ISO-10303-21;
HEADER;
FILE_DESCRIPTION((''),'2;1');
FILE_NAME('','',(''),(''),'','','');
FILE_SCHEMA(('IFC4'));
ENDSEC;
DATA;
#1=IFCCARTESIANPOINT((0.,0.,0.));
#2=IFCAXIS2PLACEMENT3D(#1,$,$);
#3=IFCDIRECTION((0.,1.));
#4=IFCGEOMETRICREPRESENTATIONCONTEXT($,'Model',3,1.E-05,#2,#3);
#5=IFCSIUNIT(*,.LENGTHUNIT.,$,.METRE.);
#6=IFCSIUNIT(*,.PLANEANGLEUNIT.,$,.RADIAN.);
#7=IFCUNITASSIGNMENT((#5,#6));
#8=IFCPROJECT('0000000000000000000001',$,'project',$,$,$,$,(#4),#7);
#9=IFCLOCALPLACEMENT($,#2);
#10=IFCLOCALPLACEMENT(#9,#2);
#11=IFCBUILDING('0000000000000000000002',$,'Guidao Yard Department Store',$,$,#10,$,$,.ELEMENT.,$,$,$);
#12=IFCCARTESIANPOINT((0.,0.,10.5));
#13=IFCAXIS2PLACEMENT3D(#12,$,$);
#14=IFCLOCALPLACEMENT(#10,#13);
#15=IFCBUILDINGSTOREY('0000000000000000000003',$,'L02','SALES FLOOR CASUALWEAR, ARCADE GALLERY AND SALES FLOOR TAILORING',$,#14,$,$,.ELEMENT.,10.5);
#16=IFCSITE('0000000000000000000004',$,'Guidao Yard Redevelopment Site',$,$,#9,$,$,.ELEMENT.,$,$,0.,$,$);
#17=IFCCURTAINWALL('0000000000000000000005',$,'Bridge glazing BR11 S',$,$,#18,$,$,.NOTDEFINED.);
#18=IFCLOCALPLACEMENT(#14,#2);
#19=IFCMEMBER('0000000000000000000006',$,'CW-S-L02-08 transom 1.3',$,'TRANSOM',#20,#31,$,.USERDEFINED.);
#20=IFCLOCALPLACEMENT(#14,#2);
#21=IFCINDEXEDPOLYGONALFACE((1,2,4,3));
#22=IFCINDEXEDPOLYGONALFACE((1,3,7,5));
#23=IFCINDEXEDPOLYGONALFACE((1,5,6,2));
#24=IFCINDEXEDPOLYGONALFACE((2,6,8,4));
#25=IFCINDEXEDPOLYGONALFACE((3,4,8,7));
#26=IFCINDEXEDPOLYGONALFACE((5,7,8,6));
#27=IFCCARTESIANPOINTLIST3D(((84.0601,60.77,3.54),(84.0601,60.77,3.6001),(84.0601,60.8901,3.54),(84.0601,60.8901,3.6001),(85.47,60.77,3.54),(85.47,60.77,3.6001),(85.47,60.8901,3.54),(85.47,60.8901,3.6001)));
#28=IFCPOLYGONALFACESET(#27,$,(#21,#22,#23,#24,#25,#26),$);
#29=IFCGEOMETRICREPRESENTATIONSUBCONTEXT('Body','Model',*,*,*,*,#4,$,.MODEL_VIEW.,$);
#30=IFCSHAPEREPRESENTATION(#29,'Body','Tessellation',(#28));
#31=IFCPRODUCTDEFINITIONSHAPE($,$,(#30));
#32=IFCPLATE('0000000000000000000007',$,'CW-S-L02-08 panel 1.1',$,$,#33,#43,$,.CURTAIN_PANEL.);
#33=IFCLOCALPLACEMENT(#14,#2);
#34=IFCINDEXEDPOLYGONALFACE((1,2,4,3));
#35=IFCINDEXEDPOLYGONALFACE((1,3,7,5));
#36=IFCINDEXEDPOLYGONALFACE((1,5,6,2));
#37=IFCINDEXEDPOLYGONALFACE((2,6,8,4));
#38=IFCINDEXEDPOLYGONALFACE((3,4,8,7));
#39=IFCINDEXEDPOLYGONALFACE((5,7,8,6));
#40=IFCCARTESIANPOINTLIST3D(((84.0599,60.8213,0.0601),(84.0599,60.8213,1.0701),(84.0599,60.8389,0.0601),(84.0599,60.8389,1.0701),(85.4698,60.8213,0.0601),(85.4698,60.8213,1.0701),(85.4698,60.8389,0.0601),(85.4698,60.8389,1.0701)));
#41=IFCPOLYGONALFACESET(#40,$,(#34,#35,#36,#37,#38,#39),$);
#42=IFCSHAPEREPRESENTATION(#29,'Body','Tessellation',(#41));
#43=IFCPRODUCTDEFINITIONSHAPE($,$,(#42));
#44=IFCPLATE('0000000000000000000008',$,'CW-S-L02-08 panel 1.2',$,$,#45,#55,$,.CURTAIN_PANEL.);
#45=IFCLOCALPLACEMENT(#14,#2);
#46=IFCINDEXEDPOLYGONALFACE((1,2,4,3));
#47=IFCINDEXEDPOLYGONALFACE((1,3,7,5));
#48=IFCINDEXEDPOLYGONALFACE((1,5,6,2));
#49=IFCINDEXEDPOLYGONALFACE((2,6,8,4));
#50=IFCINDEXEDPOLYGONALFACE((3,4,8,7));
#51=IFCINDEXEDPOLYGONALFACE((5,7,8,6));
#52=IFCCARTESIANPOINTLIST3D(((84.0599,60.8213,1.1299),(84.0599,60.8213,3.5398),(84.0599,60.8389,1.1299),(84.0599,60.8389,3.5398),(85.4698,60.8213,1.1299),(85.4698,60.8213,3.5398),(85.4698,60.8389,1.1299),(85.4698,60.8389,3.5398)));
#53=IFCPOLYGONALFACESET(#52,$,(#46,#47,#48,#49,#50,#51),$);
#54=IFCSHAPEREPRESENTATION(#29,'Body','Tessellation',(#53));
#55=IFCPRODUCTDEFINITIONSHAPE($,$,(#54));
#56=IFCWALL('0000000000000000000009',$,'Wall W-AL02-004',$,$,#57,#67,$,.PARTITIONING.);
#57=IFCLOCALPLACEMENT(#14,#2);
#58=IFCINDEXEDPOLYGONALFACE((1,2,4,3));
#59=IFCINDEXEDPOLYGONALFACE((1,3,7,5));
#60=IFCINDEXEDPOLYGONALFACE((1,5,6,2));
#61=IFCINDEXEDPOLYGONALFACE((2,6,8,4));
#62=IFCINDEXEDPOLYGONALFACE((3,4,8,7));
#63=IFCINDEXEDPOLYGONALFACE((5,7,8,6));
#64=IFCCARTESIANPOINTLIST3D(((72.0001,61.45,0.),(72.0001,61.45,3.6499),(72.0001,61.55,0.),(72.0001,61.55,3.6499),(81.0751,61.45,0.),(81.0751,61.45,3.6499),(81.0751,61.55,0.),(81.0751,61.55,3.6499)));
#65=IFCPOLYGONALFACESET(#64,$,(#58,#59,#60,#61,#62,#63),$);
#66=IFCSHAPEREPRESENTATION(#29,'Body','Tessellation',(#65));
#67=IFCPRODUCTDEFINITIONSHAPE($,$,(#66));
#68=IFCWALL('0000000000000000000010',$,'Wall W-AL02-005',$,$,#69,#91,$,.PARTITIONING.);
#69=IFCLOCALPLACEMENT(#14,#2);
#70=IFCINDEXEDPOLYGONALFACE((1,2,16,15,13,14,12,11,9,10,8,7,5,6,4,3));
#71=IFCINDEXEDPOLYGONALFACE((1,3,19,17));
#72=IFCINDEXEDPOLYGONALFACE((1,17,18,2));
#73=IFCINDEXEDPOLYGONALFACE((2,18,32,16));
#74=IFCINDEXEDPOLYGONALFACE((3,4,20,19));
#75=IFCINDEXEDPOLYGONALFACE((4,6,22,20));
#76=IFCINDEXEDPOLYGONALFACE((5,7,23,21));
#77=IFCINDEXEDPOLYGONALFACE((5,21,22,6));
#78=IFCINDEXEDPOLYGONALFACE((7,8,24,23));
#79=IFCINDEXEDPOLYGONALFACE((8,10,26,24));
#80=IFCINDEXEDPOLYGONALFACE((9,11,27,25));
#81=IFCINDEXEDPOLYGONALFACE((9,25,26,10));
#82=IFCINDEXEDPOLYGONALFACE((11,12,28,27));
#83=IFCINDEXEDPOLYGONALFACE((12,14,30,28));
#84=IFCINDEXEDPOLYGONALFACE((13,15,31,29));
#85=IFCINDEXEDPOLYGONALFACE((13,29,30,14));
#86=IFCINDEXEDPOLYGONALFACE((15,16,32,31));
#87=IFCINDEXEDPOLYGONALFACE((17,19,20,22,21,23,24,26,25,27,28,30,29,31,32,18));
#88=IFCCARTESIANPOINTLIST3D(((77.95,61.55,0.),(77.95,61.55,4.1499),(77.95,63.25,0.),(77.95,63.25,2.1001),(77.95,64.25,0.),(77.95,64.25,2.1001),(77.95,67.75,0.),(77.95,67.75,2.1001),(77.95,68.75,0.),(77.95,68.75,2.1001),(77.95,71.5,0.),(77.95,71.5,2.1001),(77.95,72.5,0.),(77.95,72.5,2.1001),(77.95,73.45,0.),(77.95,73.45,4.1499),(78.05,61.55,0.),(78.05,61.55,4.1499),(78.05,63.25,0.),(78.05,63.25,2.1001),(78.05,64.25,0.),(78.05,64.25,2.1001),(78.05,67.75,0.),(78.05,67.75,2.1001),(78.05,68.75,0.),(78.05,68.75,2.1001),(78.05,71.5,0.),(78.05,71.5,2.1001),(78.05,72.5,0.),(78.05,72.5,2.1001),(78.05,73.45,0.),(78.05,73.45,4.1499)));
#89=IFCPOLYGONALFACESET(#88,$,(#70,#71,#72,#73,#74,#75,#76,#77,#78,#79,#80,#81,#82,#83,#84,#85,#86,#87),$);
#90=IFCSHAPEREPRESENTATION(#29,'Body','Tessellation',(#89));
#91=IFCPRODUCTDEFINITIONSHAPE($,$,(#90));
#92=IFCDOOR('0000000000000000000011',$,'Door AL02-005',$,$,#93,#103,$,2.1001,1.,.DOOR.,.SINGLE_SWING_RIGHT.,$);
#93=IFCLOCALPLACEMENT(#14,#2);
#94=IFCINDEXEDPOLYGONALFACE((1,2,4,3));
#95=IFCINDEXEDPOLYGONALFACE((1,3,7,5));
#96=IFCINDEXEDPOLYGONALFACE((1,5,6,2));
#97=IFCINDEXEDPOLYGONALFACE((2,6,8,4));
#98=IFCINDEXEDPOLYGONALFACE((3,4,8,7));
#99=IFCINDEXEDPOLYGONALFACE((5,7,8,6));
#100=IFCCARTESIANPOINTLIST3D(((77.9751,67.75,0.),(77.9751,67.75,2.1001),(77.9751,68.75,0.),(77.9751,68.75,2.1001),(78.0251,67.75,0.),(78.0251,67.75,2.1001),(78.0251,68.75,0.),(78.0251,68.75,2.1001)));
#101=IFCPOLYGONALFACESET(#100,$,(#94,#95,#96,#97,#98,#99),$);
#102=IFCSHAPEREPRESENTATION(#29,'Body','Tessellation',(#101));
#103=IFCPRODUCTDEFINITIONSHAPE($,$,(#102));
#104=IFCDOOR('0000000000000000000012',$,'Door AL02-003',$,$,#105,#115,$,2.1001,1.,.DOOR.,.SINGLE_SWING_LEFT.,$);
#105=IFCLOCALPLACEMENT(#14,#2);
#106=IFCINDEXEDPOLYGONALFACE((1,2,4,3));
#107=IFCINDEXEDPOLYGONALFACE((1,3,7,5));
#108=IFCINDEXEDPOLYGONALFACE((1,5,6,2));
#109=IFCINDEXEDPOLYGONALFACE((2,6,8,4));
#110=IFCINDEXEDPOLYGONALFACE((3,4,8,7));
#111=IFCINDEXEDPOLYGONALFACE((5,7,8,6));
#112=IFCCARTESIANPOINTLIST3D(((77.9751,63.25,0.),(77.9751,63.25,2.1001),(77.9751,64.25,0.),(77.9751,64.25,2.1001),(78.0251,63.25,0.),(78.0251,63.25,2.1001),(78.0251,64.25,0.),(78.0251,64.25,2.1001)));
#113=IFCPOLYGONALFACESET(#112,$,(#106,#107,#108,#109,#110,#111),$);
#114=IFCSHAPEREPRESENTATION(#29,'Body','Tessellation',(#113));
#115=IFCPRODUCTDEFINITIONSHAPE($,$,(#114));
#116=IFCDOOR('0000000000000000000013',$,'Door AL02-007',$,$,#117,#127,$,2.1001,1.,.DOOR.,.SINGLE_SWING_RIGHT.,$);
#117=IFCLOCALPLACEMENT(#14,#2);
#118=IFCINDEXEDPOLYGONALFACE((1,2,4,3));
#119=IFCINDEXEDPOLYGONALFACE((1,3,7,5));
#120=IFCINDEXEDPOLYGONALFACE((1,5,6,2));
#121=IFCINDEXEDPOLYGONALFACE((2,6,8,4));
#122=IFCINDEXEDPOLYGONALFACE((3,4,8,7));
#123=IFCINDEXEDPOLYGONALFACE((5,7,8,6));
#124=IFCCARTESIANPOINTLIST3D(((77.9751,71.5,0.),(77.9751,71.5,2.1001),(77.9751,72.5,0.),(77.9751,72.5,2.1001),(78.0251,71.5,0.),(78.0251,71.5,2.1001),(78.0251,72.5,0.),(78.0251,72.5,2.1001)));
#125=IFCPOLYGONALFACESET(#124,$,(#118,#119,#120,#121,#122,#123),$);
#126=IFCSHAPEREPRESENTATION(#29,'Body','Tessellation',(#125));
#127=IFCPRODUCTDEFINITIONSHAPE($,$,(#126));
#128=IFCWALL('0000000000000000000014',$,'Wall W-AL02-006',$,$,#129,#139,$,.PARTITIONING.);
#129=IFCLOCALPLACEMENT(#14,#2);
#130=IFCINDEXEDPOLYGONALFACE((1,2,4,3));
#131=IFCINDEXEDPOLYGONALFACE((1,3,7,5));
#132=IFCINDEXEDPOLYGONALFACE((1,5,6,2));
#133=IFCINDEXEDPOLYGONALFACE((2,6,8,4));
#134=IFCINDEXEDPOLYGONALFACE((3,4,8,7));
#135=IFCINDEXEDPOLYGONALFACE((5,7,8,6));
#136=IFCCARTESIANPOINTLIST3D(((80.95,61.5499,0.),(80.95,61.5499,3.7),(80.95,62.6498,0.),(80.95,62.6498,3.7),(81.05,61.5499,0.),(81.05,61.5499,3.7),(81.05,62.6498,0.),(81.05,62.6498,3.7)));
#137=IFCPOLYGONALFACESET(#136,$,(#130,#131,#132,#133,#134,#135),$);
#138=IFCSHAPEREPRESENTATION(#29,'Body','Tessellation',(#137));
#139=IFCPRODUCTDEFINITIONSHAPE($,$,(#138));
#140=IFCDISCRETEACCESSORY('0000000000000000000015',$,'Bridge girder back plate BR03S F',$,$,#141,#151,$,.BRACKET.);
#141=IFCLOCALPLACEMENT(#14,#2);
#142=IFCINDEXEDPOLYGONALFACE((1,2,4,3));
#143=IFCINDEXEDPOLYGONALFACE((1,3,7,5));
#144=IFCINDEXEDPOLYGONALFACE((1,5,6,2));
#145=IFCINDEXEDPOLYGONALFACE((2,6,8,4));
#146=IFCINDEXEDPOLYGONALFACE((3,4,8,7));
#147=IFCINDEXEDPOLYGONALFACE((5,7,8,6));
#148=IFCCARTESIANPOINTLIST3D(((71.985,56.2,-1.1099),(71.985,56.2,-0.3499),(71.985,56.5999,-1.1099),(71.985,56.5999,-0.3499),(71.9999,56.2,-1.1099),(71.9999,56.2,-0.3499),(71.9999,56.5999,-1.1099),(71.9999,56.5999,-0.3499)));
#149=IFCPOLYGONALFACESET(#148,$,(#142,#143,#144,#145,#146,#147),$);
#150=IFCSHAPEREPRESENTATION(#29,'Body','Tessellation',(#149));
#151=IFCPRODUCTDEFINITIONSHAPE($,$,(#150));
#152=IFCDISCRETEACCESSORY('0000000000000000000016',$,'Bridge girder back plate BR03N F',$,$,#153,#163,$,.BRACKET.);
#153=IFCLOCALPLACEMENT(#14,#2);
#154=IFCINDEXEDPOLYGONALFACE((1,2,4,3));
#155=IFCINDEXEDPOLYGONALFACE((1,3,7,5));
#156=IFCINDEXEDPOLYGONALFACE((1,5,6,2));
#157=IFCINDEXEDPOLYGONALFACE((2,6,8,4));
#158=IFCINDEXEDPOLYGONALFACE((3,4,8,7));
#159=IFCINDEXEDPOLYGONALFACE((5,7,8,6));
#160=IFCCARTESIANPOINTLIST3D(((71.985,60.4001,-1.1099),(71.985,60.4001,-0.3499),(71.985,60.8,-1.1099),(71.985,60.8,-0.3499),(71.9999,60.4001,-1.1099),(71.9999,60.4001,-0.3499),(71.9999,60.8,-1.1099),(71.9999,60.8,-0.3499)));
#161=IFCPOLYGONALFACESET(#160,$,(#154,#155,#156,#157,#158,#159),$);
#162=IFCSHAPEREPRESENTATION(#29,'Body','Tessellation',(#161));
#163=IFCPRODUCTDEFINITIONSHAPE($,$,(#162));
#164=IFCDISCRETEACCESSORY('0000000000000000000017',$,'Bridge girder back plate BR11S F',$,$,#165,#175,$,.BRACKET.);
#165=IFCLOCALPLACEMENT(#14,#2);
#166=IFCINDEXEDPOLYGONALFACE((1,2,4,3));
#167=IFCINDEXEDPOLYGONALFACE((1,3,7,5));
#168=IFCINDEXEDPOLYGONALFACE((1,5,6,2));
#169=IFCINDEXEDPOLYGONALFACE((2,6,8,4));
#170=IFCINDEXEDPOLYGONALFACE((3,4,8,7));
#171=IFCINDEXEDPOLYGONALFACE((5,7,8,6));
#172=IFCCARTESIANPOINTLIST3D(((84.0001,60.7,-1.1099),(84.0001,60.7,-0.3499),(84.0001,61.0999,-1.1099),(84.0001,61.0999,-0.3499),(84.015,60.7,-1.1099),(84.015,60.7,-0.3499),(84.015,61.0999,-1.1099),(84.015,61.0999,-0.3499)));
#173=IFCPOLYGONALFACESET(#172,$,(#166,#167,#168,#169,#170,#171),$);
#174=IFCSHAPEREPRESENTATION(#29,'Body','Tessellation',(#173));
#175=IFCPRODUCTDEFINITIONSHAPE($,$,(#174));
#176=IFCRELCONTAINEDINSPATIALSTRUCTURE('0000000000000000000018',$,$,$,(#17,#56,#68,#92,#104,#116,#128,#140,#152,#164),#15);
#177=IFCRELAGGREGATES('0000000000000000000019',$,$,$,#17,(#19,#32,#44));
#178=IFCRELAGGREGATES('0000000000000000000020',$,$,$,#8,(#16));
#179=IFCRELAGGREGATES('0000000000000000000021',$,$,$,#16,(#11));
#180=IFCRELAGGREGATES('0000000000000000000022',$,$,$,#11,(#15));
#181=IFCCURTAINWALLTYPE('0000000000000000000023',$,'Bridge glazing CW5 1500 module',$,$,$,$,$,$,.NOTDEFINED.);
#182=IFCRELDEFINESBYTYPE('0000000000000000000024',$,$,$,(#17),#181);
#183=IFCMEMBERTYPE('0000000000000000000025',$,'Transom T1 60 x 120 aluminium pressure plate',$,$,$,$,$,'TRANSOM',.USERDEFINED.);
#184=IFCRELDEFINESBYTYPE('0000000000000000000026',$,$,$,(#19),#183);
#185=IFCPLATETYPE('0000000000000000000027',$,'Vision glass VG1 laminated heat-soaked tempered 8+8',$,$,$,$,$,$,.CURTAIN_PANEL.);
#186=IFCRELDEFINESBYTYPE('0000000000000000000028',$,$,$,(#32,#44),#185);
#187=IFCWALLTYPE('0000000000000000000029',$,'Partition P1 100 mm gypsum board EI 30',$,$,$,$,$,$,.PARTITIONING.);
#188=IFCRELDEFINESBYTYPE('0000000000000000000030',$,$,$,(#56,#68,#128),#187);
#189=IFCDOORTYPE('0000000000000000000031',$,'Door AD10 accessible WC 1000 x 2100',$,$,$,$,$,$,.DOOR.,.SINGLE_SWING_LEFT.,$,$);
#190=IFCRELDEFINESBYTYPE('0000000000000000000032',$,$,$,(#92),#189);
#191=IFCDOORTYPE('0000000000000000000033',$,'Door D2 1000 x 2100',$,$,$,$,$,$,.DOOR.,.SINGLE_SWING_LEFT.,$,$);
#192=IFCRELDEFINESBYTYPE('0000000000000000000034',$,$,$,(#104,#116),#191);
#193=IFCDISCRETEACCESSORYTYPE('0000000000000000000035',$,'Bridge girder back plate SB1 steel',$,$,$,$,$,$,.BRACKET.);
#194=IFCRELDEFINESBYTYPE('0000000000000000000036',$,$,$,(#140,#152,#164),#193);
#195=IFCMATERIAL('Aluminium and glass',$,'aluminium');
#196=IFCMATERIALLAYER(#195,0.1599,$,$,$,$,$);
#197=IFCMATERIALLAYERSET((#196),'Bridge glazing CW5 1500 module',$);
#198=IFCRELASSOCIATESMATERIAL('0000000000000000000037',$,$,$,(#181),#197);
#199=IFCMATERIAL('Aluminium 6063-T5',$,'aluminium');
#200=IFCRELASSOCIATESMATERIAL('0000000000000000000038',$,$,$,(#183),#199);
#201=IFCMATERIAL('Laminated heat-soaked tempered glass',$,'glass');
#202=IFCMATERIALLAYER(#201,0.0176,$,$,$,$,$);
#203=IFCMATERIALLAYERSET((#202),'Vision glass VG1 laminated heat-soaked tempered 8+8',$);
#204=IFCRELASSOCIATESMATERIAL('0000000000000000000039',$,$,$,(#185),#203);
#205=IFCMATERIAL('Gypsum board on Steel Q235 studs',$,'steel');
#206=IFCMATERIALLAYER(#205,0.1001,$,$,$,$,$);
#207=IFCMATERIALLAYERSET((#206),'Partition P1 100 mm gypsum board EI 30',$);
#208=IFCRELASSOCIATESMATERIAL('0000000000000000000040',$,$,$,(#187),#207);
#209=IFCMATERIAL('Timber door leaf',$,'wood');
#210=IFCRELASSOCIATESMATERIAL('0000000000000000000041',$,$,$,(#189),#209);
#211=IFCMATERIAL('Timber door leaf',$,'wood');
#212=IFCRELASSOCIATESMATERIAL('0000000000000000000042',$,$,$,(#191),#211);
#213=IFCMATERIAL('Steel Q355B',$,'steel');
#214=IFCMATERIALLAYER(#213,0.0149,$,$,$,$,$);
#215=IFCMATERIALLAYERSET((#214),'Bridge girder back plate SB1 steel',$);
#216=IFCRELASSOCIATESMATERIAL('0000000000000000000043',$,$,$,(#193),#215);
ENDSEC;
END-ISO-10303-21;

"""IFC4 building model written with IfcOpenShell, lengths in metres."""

from ifc_helpers import new_model, si_unit, direction, frame, frame_2d, origin, origin_2d, place, context, subcontext, project, spatial, rectangle, extrude, material, layer, layer_set, material_profile, profile_set, type_object, element, fill, aggregate, save


model = new_model("IFC4")

# Units and contexts
model_context = context("Model", 3, precision=1e-05, world=origin(), true_north=direction((0.0, 1.0)))
body_context = subcontext(model_context, "Body", "Model", "MODEL_VIEW")
ifc_project = project(units=[si_unit("LENGTHUNIT", "METRE"), si_unit("PLANEANGLEUNIT", "RADIAN")], contexts=[model_context])

# Site, building, storey
site_placement = place(None, origin())
site = spatial("IfcSite", under=ifc_project, at=site_placement, Name="Guidao Yard Redevelopment Site", CompositionType="ELEMENT", RefElevation=0.0)
building_placement = place(site_placement, origin())
building = spatial("IfcBuilding", under=site, at=building_placement, Name="Guidao Yard Department Store", CompositionType="ELEMENT")
storey_placement = place(building_placement, frame((0.0, 0.0, 10.5)))
storey = spatial("IfcBuildingStorey", under=building, at=storey_placement, Name="L02", Description="SALES FLOOR CASUALWEAR, ARCADE GALLERY AND SALES FLOOR TAILORING", CompositionType="ELEMENT", Elevation=10.5)

# Curtain wall
ifc_material_1 = material(Name="Aluminium and glass", Category="aluminium")
ifc_layer_1 = layer(ifc_material_1, 0.1599)
ifc_layer_set_1 = layer_set([ifc_layer_1], Name="Bridge glazing CW5 1500 module")
curtain_wall_type_1 = type_object("IfcCurtainWallType", Name="Bridge glazing CW5 1500 module", PredefinedType="NOTDEFINED", material=ifc_layer_set_1)
curtain_wall_1_placement = place(storey_placement, origin())
curtain_wall_1 = element("IfcCurtainWall", 1, at=curtain_wall_1_placement, inside=storey, type_object=curtain_wall_type_1, Name="Bridge glazing BR11 S", PredefinedType="NOTDEFINED")

# Member
ifc_material_2 = material(Name="Aluminium 6063-T5", Category="aluminium")
ifc_material_profile_1 = material_profile(ifc_material_2, rectangle(XDim=0.1201, YDim=0.0601, at=origin_2d()), Name="Transom T1 60 x 120 aluminium pressure plate")
ifc_profile_set_1 = profile_set([ifc_material_profile_1], Name="Aluminium 6063-T5")
member_type_1 = type_object("IfcMemberType", Name="Transom T1 60 x 120 aluminium pressure plate", ElementType="TRANSOM", PredefinedType="USERDEFINED", material=ifc_profile_set_1)
member_1_placement = place(storey_placement, frame((85.47, 60.8301, 3.5701), z_axis=(-1.0, 0.0, 0.0), x_axis=(0.0, -1.0, 0.0)))
member_1 = element("IfcMember", 2, at=member_1_placement, type_object=member_type_1, Name="CW-S-L02-08 transom 1.3", ObjectType="TRANSOM", PredefinedType="USERDEFINED", context=body_context, shape_type="SweptSolid", body=[
    extrude(rectangle(XDim=0.1201, YDim=0.0601, at=origin_2d()), origin(), (0.0, 0.0, 1.0), 1.4099),
])

# Plates
ifc_material_3 = material(Name="Laminated heat-soaked tempered glass", Category="glass")
ifc_layer_2 = layer(ifc_material_3, 0.0176)
ifc_layer_set_2 = layer_set([ifc_layer_2], Name="Vision glass VG1 laminated heat-soaked tempered 8+8")
plate_type = type_object("IfcPlateType", Name="Vision glass VG1 laminated heat-soaked tempered 8+8", PredefinedType="CURTAIN_PANEL", material=ifc_layer_set_2)
plate_1_placement = place(storey_placement, frame((84.7649, 60.8301, 0.0601), z_axis=(0.0, 0.0, 1.0), x_axis=(-1.0, 0.0, 0.0)))
plate_1 = element("IfcPlate", 3, at=plate_1_placement, type_object=plate_type, Name="CW-S-L02-08 panel 1.1", PredefinedType="CURTAIN_PANEL", context=body_context, shape_type="SweptSolid", body=[
    extrude(rectangle(XDim=1.4099, YDim=0.0176, at=origin_2d()), origin(), (0.0, 0.0, 1.0), 1.01),
])
plate_2_placement = place(storey_placement, frame((84.7649, 60.8301, 1.1299), z_axis=(0.0, 0.0, 1.0), x_axis=(-1.0, 0.0, 0.0)))
plate_2 = element("IfcPlate", 4, at=plate_2_placement, type_object=plate_type, Name="CW-S-L02-08 panel 1.2", PredefinedType="CURTAIN_PANEL", context=body_context, shape_type="SweptSolid", body=[
    extrude(rectangle(XDim=1.4099, YDim=0.0176, at=origin_2d()), origin(), (0.0, 0.0, 1.0), 2.4099),
])
aggregate(curtain_wall_1, [member_1, plate_1, plate_2])

# Wall
ifc_material_4 = material(Name="Gypsum board on Steel Q235 studs", Category="steel")
ifc_layer_3 = layer(ifc_material_4, 0.1001)
ifc_layer_set_3 = layer_set([ifc_layer_3], Name="Partition P1 100 mm gypsum board EI 30")
wall_type = type_object("IfcWallType", Name="Partition P1 100 mm gypsum board EI 30", PredefinedType="PARTITIONING", material=ifc_layer_set_3)
wall_1_placement = place(storey_placement, frame((72.0, 61.5, 0.0), z_axis=(0.0, 0.0, 1.0), x_axis=(1.0, 0.0, 0.0)))
element("IfcWall", 5, at=wall_1_placement, inside=storey, type_object=wall_type, Name="Wall W-AL02-004", PredefinedType="PARTITIONING", context=body_context, shape_type="SweptSolid", body=[
    extrude(rectangle(XDim=9.075, YDim=0.1001, at=frame_2d((4.5376, 0.0))), origin(), (0.0, 0.0, 1.0), 3.6499),
])

# Wall, openings, doors
wall_2_placement = place(storey_placement, frame((78.0, 61.55, 0.0), z_axis=(0.0, 0.0, 1.0), x_axis=(0.0, 1.0, 0.0)))
wall_2 = element("IfcWall", 6, at=wall_2_placement, inside=storey, type_object=wall_type, Name="Wall W-AL02-005", PredefinedType="PARTITIONING", context=body_context, shape_type="SweptSolid", body=[
    extrude(rectangle(XDim=11.8999, YDim=0.1001, at=frame_2d((5.95, 0.0))), origin(), (0.0, 0.0, 1.0), 4.1499),
])
opening_1_placement = place(wall_2_placement, frame((1.7, 0.0, 0.0)))
opening_1 = element("IfcOpeningElement", 7, at=opening_1_placement, cuts=wall_2, PredefinedType="OPENING", context=body_context, shape_type="SweptSolid", body=[
    extrude(rectangle(XDim=1.0, YDim=2.1001, at=frame_2d((0.5, 1.05))), frame((0.0, 0.0601, 0.0), z_axis=(0.0, -1.0, 0.0), x_axis=(1.0, 0.0, 0.0)), (0.0, 0.0, 1.0), 0.1201),
])
opening_2_placement = place(wall_2_placement, frame((6.2, 0.0, 0.0)))
opening_2 = element("IfcOpeningElement", 8, at=opening_2_placement, cuts=wall_2, PredefinedType="OPENING", context=body_context, shape_type="SweptSolid", body=[
    extrude(rectangle(XDim=1.0, YDim=2.1001, at=frame_2d((0.5, 1.05))), frame((0.0, 0.0601, 0.0), z_axis=(0.0, -1.0, 0.0), x_axis=(1.0, 0.0, 0.0)), (0.0, 0.0, 1.0), 0.1201),
])
opening_3_placement = place(wall_2_placement, frame((9.95, 0.0, 0.0)))
opening_3 = element("IfcOpeningElement", 9, at=opening_3_placement, cuts=wall_2, PredefinedType="OPENING", context=body_context, shape_type="SweptSolid", body=[
    extrude(rectangle(XDim=1.0, YDim=2.1001, at=frame_2d((0.5, 1.05))), frame((0.0, 0.0601, 0.0), z_axis=(0.0, -1.0, 0.0), x_axis=(1.0, 0.0, 0.0)), (0.0, 0.0, 1.0), 0.1201),
])
ifc_material_5 = material(Name="Timber door leaf", Category="wood")
door_type_1 = type_object("IfcDoorType", Name="Door AD10 accessible WC 1000 x 2100", OperationType="SINGLE_SWING_LEFT", PredefinedType="DOOR", material=ifc_material_5)
door_1_placement = place(opening_2_placement, origin())
door_1 = element("IfcDoor", 10, at=door_1_placement, inside=storey, type_object=door_type_1, Name="Door AL02-005", OperationType="SINGLE_SWING_RIGHT", OverallHeight=2.1001, OverallWidth=1.0, PredefinedType="DOOR", context=body_context, shape_type="SweptSolid", body=[
    extrude(rectangle(XDim=1.0, YDim=2.1001, at=frame_2d((0.5, 1.05))), frame((0.0, 0.0249, 0.0), z_axis=(0.0, -1.0, 0.0), x_axis=(1.0, 0.0, 0.0)), (0.0, 0.0, 1.0), 0.05),
])
fill(opening_2, door_1)
ifc_material_6 = material(Name="Timber door leaf", Category="wood")
door_type_2 = type_object("IfcDoorType", Name="Door D2 1000 x 2100", OperationType="SINGLE_SWING_LEFT", PredefinedType="DOOR", material=ifc_material_6)
door_2_placement = place(opening_1_placement, origin())
door_2 = element("IfcDoor", 11, at=door_2_placement, inside=storey, type_object=door_type_2, Name="Door AL02-003", OperationType="SINGLE_SWING_LEFT", OverallHeight=2.1001, OverallWidth=1.0, PredefinedType="DOOR", context=body_context, shape_type="SweptSolid", body=[
    extrude(rectangle(XDim=1.0, YDim=2.1001, at=frame_2d((0.5, 1.05))), frame((0.0, 0.0249, 0.0), z_axis=(0.0, -1.0, 0.0), x_axis=(1.0, 0.0, 0.0)), (0.0, 0.0, 1.0), 0.05),
])
fill(opening_1, door_2)
door_3_placement = place(opening_3_placement, origin())
door_3 = element("IfcDoor", 12, at=door_3_placement, inside=storey, type_object=door_type_2, Name="Door AL02-007", OperationType="SINGLE_SWING_RIGHT", OverallHeight=2.1001, OverallWidth=1.0, PredefinedType="DOOR", context=body_context, shape_type="SweptSolid", body=[
    extrude(rectangle(XDim=1.0, YDim=2.1001, at=frame_2d((0.5, 1.05))), frame((0.0, 0.0249, 0.0), z_axis=(0.0, -1.0, 0.0), x_axis=(1.0, 0.0, 0.0)), (0.0, 0.0, 1.0), 0.05),
])
fill(opening_3, door_3)

# Wall
wall_3_placement = place(storey_placement, frame((81.0, 61.55, 0.0), z_axis=(0.0, 0.0, 1.0), x_axis=(0.0, 1.0, 0.0)))
element("IfcWall", 13, at=wall_3_placement, inside=storey, type_object=wall_type, Name="Wall W-AL02-006", PredefinedType="PARTITIONING", context=body_context, shape_type="SweptSolid", body=[
    extrude(rectangle(XDim=1.0999, YDim=0.1001, at=frame_2d((0.5498, 0.0))), origin(), (0.0, 0.0, 1.0), 3.7),
])

# Discrete accessories
ifc_material_7 = material(Name="Steel Q355B", Category="steel")
ifc_layer_4 = layer(ifc_material_7, 0.0149)
ifc_layer_set_4 = layer_set([ifc_layer_4], Name="Bridge girder back plate SB1 steel")
discrete_accessory_type_1 = type_object("IfcDiscreteAccessoryType", Name="Bridge girder back plate SB1 steel", PredefinedType="BRACKET", material=ifc_layer_set_4)
for number, where, z_axis, x_axis, name in (
    (14, (71.9924, 56.3999, -1.1099), (0.0, 0.0, 1.0), (1.0, 0.0, 0.0), "Bridge girder back plate BR03S F"),
    (15, (71.9924, 60.6001, -1.1099), (0.0, 0.0, 1.0), (1.0, 0.0, 0.0), "Bridge girder back plate BR03N F"),
    (16, (84.0076, 60.8999, -1.1099), (0.0, 0.0, 1.0), (1.0, 0.0, 0.0), "Bridge girder back plate BR11S F"),
):
    element("IfcDiscreteAccessory", number, at=place(storey_placement, frame(where, z_axis=z_axis, x_axis=x_axis)), inside=storey, type_object=discrete_accessory_type_1, Name=name, PredefinedType="BRACKET", context=body_context, shape_type="SweptSolid", body=[
        extrude(rectangle(XDim=0.0149, YDim=0.3999, at=origin_2d()), origin(), (0.0, 0.0, 1.0), 0.76),
    ])

save(model, "model.ifc")
